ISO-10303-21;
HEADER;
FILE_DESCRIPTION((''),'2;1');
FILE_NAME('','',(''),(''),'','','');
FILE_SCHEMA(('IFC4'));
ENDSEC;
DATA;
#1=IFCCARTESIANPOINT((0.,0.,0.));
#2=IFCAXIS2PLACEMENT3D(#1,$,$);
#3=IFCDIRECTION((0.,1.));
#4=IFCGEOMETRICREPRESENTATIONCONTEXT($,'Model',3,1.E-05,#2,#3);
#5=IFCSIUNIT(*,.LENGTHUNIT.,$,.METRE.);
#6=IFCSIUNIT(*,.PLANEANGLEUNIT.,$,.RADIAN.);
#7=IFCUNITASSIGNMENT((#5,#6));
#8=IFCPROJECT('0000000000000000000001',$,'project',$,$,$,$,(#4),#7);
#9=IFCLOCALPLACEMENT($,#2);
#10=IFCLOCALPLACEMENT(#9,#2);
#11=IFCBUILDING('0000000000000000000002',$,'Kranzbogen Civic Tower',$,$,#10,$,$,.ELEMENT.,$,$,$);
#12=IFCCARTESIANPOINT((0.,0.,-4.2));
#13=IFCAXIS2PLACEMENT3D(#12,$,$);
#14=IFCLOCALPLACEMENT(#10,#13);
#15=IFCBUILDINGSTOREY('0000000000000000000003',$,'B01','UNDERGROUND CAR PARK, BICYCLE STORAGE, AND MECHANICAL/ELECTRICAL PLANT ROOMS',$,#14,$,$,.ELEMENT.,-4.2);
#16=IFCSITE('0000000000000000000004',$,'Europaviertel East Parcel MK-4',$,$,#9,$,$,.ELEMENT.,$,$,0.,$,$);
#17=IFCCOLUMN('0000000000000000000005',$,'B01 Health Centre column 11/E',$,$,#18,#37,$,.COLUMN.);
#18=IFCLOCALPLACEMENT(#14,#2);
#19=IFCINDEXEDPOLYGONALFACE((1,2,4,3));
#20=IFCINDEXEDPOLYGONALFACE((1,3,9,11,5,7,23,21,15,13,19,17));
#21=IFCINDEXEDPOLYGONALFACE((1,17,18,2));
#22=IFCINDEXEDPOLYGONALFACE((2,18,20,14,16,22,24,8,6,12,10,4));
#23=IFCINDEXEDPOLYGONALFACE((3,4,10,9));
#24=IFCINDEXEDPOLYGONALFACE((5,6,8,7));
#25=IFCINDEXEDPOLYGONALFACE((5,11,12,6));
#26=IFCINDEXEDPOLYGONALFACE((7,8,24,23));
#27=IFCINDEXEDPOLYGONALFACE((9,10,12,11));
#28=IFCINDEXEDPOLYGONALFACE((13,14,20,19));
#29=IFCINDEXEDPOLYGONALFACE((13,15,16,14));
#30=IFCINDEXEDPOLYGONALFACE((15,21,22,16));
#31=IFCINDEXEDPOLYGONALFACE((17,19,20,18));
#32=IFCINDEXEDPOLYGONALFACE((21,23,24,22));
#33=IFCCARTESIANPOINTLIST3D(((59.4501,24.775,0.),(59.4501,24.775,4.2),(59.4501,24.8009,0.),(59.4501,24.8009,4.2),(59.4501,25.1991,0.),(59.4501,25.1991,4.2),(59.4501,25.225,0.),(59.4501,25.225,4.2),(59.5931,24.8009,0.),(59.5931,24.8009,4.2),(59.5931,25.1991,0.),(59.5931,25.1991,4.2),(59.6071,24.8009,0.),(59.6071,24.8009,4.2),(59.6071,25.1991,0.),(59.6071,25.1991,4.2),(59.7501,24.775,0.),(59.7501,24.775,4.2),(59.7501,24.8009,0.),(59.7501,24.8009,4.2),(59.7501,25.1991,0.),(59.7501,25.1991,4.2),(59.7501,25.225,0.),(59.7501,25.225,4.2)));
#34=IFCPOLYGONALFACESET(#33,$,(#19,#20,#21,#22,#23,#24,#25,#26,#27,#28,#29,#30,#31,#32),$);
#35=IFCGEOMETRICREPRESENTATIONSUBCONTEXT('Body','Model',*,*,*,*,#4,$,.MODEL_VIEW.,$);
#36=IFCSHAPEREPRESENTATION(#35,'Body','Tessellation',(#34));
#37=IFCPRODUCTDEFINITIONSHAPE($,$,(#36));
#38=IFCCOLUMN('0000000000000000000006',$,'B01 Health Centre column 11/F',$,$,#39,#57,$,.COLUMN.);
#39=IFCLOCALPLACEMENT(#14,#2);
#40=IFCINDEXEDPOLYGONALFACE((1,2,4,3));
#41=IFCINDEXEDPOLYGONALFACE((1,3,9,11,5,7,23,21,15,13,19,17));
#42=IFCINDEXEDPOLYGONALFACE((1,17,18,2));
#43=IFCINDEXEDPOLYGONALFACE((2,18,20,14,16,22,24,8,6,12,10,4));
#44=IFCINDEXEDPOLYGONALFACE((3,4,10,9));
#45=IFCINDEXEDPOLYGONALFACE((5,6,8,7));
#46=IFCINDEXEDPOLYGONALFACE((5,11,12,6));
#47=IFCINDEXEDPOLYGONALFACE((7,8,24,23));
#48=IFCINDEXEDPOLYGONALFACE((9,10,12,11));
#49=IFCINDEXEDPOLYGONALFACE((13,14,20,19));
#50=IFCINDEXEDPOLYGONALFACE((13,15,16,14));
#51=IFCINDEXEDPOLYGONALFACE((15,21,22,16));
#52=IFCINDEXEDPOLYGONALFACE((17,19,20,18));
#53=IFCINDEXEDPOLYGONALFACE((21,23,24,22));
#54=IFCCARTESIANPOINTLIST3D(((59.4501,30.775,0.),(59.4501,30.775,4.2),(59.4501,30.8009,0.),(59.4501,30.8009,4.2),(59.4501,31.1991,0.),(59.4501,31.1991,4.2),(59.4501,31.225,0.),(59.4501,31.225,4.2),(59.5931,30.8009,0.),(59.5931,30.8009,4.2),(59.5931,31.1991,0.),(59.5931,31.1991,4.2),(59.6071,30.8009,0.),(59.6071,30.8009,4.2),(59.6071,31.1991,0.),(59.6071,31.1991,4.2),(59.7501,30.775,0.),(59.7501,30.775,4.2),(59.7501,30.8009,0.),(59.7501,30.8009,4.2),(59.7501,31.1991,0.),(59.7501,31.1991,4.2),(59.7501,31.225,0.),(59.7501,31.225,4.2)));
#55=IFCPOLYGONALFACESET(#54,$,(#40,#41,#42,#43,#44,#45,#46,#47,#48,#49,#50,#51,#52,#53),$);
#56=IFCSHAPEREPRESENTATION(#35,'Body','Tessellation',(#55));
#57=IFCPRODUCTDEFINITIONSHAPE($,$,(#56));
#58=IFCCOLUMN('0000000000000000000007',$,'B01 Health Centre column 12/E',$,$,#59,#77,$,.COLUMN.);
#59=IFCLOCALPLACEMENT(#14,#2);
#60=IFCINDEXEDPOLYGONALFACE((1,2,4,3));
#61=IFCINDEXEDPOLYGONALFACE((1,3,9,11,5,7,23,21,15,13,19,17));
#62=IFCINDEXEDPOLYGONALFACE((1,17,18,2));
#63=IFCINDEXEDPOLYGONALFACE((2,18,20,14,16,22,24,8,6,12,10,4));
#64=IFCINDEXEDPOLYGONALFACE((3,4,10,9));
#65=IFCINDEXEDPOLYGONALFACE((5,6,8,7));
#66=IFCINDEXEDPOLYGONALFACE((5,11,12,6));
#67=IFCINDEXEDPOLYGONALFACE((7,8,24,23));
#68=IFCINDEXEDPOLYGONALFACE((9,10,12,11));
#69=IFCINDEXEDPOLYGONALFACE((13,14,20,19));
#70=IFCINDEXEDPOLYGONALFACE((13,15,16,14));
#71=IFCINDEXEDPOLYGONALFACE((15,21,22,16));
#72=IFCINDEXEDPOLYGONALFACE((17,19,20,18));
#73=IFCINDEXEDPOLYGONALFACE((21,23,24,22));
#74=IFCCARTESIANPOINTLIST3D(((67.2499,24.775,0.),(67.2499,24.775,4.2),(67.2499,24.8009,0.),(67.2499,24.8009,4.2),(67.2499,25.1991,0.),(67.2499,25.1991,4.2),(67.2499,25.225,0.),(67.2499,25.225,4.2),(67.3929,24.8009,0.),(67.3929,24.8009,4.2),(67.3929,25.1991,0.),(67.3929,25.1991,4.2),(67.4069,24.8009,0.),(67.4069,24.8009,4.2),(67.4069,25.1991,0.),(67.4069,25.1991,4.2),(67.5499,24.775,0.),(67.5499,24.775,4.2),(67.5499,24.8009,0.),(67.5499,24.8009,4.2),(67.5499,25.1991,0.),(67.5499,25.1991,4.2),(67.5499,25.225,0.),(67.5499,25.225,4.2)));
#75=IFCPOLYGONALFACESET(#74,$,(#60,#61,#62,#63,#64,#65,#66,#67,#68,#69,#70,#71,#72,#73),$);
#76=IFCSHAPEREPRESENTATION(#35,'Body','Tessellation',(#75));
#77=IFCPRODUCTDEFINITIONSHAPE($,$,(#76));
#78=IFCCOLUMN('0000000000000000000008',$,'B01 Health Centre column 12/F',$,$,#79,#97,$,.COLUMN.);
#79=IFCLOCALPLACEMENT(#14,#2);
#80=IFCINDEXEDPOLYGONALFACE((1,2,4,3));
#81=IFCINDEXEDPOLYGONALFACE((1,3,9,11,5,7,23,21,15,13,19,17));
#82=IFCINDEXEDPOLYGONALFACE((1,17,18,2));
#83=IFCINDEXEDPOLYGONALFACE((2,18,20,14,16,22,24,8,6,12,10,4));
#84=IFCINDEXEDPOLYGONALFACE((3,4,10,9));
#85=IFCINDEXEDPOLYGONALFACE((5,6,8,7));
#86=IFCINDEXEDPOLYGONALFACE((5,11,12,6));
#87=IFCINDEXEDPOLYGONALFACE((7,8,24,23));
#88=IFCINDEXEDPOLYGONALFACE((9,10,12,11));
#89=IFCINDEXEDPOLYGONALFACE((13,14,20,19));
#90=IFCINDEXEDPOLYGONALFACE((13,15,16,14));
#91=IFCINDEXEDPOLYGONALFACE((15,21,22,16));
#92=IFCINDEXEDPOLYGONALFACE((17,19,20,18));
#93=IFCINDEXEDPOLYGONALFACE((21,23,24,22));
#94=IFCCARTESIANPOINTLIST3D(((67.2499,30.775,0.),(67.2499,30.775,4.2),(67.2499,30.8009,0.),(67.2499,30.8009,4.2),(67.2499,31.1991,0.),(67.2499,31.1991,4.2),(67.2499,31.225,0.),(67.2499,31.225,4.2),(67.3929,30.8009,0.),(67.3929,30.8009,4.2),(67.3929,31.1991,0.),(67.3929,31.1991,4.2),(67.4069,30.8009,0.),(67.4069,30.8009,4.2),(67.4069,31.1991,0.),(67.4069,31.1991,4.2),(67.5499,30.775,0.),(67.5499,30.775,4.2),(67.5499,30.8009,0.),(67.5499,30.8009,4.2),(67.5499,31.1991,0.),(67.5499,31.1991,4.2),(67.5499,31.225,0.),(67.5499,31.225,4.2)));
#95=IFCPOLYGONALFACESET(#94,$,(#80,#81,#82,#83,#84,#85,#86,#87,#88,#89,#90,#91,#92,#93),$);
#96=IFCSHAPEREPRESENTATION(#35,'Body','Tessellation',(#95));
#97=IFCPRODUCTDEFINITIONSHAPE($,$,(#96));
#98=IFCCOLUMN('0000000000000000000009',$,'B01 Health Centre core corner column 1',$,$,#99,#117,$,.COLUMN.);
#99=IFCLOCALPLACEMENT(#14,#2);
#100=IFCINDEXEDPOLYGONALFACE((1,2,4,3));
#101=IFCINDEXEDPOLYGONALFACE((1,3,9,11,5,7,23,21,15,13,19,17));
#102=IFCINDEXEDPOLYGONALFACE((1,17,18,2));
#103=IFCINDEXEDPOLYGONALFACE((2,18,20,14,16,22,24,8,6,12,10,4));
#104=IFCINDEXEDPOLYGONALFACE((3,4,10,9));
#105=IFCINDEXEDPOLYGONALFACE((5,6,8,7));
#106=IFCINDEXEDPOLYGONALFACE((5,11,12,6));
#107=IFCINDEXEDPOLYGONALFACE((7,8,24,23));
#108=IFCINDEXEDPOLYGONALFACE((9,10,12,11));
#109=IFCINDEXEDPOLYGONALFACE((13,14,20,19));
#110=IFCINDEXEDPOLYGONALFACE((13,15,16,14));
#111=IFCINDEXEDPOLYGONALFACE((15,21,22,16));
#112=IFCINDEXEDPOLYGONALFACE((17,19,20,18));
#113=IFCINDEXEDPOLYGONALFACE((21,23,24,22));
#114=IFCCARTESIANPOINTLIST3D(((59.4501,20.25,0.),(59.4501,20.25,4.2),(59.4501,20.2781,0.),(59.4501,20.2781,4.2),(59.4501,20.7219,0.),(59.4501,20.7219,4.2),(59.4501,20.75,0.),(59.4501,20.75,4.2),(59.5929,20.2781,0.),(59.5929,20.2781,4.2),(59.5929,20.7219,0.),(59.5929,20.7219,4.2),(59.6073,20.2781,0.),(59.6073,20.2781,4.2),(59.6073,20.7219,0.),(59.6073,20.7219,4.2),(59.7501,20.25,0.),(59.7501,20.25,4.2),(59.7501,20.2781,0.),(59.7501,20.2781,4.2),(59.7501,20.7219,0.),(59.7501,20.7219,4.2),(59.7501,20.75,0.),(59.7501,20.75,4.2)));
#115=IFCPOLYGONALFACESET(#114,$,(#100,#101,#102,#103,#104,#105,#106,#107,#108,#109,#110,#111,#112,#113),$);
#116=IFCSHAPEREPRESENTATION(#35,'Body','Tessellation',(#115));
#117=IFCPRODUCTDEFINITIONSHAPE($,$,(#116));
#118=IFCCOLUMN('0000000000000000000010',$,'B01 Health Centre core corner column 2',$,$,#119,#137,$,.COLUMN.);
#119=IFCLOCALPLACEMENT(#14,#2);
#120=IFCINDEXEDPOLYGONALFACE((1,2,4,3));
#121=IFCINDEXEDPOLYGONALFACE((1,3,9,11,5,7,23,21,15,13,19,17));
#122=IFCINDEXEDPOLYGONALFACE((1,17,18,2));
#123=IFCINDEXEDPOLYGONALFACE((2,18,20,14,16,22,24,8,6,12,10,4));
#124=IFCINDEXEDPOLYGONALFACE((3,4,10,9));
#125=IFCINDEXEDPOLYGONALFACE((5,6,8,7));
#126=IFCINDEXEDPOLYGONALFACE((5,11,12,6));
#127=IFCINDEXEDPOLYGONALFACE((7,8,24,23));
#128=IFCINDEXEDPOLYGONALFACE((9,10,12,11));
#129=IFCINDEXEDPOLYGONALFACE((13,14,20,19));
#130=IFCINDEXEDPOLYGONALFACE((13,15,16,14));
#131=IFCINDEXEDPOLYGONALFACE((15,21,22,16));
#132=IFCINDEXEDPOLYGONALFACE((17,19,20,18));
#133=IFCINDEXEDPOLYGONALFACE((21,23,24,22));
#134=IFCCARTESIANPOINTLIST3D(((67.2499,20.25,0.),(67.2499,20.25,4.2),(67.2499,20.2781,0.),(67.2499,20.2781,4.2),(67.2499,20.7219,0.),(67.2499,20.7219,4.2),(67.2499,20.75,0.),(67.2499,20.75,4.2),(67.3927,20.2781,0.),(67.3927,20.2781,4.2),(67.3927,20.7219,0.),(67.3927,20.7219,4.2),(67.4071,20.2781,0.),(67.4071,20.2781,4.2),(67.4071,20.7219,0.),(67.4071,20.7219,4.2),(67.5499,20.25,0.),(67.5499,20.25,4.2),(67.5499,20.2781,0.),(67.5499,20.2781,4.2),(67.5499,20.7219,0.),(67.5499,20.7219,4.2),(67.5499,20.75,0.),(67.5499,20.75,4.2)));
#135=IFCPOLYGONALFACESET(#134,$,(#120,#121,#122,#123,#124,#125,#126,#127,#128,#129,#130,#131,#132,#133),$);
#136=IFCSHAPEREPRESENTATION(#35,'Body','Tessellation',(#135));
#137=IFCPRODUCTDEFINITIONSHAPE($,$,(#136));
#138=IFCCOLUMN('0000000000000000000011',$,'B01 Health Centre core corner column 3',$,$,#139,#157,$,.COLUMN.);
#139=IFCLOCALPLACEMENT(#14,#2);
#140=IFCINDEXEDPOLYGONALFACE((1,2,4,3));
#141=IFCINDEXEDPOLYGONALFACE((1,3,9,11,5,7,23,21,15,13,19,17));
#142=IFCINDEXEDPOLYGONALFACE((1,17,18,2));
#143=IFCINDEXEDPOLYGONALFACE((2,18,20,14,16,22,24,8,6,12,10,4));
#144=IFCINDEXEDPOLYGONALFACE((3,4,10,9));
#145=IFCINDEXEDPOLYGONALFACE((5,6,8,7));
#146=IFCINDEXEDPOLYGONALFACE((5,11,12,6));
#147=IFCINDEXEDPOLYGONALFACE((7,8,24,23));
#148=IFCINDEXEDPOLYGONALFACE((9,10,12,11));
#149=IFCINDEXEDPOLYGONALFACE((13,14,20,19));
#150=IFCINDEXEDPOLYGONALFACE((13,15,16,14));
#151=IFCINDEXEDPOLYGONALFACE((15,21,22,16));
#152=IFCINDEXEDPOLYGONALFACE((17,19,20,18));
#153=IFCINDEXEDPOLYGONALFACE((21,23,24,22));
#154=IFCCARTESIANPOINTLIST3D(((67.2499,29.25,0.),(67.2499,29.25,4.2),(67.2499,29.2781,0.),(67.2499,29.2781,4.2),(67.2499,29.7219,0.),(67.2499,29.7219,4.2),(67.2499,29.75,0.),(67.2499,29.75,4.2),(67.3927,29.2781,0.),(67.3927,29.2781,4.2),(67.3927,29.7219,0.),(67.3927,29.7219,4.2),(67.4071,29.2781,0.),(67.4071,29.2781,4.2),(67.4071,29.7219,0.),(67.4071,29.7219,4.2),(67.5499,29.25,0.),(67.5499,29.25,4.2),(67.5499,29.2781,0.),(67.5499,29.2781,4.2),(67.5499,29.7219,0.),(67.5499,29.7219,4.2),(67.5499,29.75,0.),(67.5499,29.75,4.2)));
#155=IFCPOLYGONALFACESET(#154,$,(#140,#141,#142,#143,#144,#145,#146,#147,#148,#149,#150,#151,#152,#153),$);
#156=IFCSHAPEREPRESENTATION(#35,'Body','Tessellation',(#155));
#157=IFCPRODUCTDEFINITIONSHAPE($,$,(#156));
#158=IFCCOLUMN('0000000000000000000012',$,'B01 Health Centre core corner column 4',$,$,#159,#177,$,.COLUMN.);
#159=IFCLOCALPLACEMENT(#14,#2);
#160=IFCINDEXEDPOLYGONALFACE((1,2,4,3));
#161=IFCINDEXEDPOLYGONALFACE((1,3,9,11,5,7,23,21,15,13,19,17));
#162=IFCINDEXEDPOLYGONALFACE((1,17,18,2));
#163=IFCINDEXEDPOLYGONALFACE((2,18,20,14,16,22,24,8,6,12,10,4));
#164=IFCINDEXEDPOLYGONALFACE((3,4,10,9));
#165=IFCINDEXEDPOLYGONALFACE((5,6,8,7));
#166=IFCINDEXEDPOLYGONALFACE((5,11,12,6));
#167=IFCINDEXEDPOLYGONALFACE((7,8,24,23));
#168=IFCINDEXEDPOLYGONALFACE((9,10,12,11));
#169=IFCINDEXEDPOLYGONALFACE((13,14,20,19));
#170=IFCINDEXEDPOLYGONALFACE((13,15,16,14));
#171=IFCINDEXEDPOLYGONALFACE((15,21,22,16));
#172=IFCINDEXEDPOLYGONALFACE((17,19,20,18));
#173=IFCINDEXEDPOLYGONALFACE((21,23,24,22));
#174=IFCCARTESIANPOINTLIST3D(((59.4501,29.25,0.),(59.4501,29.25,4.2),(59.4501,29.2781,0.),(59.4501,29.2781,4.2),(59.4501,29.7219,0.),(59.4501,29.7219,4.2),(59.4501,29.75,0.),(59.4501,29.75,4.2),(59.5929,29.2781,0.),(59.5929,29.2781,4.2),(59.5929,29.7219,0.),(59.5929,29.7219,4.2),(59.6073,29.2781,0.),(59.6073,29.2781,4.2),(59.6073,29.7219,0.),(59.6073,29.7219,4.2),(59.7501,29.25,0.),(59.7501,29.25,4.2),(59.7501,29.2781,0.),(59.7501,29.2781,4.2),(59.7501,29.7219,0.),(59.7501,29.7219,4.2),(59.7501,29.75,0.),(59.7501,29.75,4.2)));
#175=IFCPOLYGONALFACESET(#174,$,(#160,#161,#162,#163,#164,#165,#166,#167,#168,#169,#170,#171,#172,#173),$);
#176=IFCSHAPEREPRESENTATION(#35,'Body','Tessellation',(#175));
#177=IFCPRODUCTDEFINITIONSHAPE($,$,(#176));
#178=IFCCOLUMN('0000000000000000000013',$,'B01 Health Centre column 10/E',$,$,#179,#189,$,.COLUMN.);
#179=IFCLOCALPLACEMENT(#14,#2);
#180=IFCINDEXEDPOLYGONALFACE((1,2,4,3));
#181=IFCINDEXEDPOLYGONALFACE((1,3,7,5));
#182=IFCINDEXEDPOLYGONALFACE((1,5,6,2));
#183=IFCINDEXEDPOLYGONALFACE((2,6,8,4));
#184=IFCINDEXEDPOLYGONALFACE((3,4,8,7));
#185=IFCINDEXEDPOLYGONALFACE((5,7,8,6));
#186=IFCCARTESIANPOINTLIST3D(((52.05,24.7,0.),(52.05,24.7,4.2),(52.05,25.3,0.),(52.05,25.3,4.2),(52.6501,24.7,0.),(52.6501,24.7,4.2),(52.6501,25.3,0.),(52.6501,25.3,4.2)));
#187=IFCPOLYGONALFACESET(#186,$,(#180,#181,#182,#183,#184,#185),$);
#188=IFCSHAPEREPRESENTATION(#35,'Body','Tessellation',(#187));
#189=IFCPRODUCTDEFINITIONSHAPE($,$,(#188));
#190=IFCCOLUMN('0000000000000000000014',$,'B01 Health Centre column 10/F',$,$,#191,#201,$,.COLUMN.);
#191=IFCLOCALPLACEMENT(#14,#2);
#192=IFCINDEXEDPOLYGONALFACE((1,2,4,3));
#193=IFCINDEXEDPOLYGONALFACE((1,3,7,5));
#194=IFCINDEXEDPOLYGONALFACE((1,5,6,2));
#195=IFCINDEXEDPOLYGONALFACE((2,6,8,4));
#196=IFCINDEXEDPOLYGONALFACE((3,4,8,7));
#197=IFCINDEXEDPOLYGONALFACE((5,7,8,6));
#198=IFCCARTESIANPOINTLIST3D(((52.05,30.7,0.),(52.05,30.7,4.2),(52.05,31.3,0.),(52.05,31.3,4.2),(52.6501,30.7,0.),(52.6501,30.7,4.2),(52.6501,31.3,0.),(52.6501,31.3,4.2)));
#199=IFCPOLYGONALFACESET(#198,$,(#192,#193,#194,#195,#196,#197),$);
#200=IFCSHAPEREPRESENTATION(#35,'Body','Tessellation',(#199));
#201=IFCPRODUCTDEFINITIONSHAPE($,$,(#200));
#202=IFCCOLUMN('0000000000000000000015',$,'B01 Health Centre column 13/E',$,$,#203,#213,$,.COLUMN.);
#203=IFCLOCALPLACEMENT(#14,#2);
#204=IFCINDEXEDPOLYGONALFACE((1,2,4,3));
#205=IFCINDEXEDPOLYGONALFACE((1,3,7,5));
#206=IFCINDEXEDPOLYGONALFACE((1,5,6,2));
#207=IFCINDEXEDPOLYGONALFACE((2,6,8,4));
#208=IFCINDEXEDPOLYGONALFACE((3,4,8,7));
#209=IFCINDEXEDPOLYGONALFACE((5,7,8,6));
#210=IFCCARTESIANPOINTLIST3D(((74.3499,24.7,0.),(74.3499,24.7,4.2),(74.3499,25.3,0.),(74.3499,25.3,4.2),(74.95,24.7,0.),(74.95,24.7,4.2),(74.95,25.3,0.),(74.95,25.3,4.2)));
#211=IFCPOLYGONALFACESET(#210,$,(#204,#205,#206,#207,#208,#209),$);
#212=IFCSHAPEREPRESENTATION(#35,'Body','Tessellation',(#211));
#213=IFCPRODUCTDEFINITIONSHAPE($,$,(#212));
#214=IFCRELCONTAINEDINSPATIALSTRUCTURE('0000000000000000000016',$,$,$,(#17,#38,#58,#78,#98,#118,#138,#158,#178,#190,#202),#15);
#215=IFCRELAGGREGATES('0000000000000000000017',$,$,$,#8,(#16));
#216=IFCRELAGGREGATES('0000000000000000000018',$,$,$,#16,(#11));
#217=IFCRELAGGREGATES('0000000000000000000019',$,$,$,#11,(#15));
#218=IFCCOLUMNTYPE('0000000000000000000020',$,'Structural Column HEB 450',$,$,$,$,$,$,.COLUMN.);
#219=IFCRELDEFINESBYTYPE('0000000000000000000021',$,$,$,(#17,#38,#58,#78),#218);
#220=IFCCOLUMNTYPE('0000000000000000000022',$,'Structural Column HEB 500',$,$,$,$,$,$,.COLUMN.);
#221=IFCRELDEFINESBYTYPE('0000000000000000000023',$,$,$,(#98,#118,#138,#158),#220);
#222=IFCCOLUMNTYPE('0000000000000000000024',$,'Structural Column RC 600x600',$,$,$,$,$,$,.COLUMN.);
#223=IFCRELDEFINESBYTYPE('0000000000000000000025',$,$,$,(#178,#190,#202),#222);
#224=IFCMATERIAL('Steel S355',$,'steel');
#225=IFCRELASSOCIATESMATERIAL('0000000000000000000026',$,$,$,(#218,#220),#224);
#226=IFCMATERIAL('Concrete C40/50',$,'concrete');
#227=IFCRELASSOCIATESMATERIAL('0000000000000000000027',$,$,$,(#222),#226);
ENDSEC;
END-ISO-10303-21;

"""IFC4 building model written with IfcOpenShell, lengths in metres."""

from ifc_helpers import new_model, si_unit, direction, frame, origin, origin_2d, place, context, subcontext, project, spatial, rectangle, i_section, extrude, material, material_profile, profile_set, type_object, element, save


model = new_model("IFC4")

# Units and contexts
model_context = context("Model", 3, precision=1e-05, world=origin(), true_north=direction((0.0, 1.0)))
body_context = subcontext(model_context, "Body", "Model", "MODEL_VIEW")
ifc_project = project(units=[si_unit("LENGTHUNIT", "METRE"), si_unit("PLANEANGLEUNIT", "RADIAN")], contexts=[model_context])

# Site, building, storey
site_placement = place(None, origin())
site = spatial("IfcSite", under=ifc_project, at=site_placement, Name="Europaviertel East Parcel MK-4", CompositionType="ELEMENT", RefElevation=0.0)
building_placement = place(site_placement, origin())
building = spatial("IfcBuilding", under=site, at=building_placement, Name="Kranzbogen Civic Tower", CompositionType="ELEMENT")
storey_placement = place(building_placement, frame((0.0, 0.0, -4.2)))
storey = spatial("IfcBuildingStorey", under=building, at=storey_placement, Name="B01", Description="UNDERGROUND CAR PARK, BICYCLE STORAGE, AND MECHANICAL/ELECTRICAL PLANT ROOMS", CompositionType="ELEMENT", Elevation=-4.2)

# Columns
ifc_material_1 = material(Name="Steel S355", Category="steel")
ifc_material_profile_1 = material_profile(ifc_material_1, i_section(OverallWidth=0.3, OverallDepth=0.45, WebThickness=0.0139, FlangeThickness=0.0259, at=origin_2d()), Name="HEB 450")
ifc_profile_set_1 = profile_set([ifc_material_profile_1], Name="Steel S355")
column_type_1 = type_object("IfcColumnType", Name="Structural Column HEB 450", PredefinedType="COLUMN", material=ifc_profile_set_1)
for number, where, z_axis, x_axis, name in (
    (1, (59.6001, 25.0, 0.0), (0.0, 0.0, 1.0), (1.0, 0.0, 0.0), "B01 Health Centre column 11/E"),
    (2, (59.6001, 31.0, 0.0), (0.0, 0.0, 1.0), (1.0, 0.0, 0.0), "B01 Health Centre column 11/F"),
    (3, (67.3999, 25.0, 0.0), (0.0, 0.0, 1.0), (1.0, 0.0, 0.0), "B01 Health Centre column 12/E"),
    (4, (67.3999, 31.0, 0.0), (0.0, 0.0, 1.0), (1.0, 0.0, 0.0), "B01 Health Centre column 12/F"),
):
    element("IfcColumn", number, at=place(storey_placement, frame(where, z_axis=z_axis, x_axis=x_axis)), inside=storey, type_object=column_type_1, Name=name, PredefinedType="COLUMN", context=body_context, shape_type="SweptSolid", body=[
        extrude(i_section(OverallWidth=0.3, OverallDepth=0.45, WebThickness=0.0139, FlangeThickness=0.0259, at=origin_2d()), origin(), (0.0, 0.0, 1.0), 4.2),
    ])
ifc_material_profile_2 = material_profile(ifc_material_1, i_section(OverallWidth=0.3, OverallDepth=0.5, WebThickness=0.0144, FlangeThickness=0.0281, at=origin_2d()), Name="HEB 500")
ifc_profile_set_2 = profile_set([ifc_material_profile_2], Name="Steel S355")
column_type_2 = type_object("IfcColumnType", Name="Structural Column HEB 500", PredefinedType="COLUMN", material=ifc_profile_set_2)
for number, where, z_axis, x_axis, name in (
    (5, (59.6001, 20.5, 0.0), (0.0, 0.0, 1.0), (1.0, 0.0, 0.0), "B01 Health Centre core corner column 1"),
    (6, (67.3999, 20.5, 0.0), (0.0, 0.0, 1.0), (1.0, 0.0, 0.0), "B01 Health Centre core corner column 2"),
    (7, (67.3999, 29.5, 0.0), (0.0, 0.0, 1.0), (1.0, 0.0, 0.0), "B01 Health Centre core corner column 3"),
    (8, (59.6001, 29.5, 0.0), (0.0, 0.0, 1.0), (1.0, 0.0, 0.0), "B01 Health Centre core corner column 4"),
):
    element("IfcColumn", number, at=place(storey_placement, frame(where, z_axis=z_axis, x_axis=x_axis)), inside=storey, type_object=column_type_2, Name=name, PredefinedType="COLUMN", context=body_context, shape_type="SweptSolid", body=[
        extrude(i_section(OverallWidth=0.3, OverallDepth=0.5, WebThickness=0.0144, FlangeThickness=0.0281, at=origin_2d()), origin(), (0.0, 0.0, 1.0), 4.2),
    ])
ifc_material_2 = material(Name="Concrete C40/50", Category="concrete")
ifc_material_profile_3 = material_profile(ifc_material_2, rectangle(XDim=0.6001, YDim=0.6001, at=origin_2d()), Name="RC 600x600")
ifc_profile_set_3 = profile_set([ifc_material_profile_3], Name="Concrete C40/50")
column_type_3 = type_object("IfcColumnType", Name="Structural Column RC 600x600", PredefinedType="COLUMN", material=ifc_profile_set_3)
for number, where, z_axis, x_axis, name in (
    (9, (52.3501, 25.0, 0.0), (0.0, 0.0, 1.0), (1.0, 0.0, 0.0), "B01 Health Centre column 10/E"),
    (10, (52.3501, 31.0, 0.0), (0.0, 0.0, 1.0), (1.0, 0.0, 0.0), "B01 Health Centre column 10/F"),
    (11, (74.6499, 25.0, 0.0), (0.0, 0.0, 1.0), (1.0, 0.0, 0.0), "B01 Health Centre column 13/E"),
):
    element("IfcColumn", number, at=place(storey_placement, frame(where, z_axis=z_axis, x_axis=x_axis)), inside=storey, type_object=column_type_3, Name=name, PredefinedType="COLUMN", context=body_context, shape_type="SweptSolid", body=[
        extrude(rectangle(XDim=0.6001, YDim=0.6001, at=origin_2d()), origin(), (0.0, 0.0, 1.0), 4.2),
    ])

save(model, "model.ifc")
